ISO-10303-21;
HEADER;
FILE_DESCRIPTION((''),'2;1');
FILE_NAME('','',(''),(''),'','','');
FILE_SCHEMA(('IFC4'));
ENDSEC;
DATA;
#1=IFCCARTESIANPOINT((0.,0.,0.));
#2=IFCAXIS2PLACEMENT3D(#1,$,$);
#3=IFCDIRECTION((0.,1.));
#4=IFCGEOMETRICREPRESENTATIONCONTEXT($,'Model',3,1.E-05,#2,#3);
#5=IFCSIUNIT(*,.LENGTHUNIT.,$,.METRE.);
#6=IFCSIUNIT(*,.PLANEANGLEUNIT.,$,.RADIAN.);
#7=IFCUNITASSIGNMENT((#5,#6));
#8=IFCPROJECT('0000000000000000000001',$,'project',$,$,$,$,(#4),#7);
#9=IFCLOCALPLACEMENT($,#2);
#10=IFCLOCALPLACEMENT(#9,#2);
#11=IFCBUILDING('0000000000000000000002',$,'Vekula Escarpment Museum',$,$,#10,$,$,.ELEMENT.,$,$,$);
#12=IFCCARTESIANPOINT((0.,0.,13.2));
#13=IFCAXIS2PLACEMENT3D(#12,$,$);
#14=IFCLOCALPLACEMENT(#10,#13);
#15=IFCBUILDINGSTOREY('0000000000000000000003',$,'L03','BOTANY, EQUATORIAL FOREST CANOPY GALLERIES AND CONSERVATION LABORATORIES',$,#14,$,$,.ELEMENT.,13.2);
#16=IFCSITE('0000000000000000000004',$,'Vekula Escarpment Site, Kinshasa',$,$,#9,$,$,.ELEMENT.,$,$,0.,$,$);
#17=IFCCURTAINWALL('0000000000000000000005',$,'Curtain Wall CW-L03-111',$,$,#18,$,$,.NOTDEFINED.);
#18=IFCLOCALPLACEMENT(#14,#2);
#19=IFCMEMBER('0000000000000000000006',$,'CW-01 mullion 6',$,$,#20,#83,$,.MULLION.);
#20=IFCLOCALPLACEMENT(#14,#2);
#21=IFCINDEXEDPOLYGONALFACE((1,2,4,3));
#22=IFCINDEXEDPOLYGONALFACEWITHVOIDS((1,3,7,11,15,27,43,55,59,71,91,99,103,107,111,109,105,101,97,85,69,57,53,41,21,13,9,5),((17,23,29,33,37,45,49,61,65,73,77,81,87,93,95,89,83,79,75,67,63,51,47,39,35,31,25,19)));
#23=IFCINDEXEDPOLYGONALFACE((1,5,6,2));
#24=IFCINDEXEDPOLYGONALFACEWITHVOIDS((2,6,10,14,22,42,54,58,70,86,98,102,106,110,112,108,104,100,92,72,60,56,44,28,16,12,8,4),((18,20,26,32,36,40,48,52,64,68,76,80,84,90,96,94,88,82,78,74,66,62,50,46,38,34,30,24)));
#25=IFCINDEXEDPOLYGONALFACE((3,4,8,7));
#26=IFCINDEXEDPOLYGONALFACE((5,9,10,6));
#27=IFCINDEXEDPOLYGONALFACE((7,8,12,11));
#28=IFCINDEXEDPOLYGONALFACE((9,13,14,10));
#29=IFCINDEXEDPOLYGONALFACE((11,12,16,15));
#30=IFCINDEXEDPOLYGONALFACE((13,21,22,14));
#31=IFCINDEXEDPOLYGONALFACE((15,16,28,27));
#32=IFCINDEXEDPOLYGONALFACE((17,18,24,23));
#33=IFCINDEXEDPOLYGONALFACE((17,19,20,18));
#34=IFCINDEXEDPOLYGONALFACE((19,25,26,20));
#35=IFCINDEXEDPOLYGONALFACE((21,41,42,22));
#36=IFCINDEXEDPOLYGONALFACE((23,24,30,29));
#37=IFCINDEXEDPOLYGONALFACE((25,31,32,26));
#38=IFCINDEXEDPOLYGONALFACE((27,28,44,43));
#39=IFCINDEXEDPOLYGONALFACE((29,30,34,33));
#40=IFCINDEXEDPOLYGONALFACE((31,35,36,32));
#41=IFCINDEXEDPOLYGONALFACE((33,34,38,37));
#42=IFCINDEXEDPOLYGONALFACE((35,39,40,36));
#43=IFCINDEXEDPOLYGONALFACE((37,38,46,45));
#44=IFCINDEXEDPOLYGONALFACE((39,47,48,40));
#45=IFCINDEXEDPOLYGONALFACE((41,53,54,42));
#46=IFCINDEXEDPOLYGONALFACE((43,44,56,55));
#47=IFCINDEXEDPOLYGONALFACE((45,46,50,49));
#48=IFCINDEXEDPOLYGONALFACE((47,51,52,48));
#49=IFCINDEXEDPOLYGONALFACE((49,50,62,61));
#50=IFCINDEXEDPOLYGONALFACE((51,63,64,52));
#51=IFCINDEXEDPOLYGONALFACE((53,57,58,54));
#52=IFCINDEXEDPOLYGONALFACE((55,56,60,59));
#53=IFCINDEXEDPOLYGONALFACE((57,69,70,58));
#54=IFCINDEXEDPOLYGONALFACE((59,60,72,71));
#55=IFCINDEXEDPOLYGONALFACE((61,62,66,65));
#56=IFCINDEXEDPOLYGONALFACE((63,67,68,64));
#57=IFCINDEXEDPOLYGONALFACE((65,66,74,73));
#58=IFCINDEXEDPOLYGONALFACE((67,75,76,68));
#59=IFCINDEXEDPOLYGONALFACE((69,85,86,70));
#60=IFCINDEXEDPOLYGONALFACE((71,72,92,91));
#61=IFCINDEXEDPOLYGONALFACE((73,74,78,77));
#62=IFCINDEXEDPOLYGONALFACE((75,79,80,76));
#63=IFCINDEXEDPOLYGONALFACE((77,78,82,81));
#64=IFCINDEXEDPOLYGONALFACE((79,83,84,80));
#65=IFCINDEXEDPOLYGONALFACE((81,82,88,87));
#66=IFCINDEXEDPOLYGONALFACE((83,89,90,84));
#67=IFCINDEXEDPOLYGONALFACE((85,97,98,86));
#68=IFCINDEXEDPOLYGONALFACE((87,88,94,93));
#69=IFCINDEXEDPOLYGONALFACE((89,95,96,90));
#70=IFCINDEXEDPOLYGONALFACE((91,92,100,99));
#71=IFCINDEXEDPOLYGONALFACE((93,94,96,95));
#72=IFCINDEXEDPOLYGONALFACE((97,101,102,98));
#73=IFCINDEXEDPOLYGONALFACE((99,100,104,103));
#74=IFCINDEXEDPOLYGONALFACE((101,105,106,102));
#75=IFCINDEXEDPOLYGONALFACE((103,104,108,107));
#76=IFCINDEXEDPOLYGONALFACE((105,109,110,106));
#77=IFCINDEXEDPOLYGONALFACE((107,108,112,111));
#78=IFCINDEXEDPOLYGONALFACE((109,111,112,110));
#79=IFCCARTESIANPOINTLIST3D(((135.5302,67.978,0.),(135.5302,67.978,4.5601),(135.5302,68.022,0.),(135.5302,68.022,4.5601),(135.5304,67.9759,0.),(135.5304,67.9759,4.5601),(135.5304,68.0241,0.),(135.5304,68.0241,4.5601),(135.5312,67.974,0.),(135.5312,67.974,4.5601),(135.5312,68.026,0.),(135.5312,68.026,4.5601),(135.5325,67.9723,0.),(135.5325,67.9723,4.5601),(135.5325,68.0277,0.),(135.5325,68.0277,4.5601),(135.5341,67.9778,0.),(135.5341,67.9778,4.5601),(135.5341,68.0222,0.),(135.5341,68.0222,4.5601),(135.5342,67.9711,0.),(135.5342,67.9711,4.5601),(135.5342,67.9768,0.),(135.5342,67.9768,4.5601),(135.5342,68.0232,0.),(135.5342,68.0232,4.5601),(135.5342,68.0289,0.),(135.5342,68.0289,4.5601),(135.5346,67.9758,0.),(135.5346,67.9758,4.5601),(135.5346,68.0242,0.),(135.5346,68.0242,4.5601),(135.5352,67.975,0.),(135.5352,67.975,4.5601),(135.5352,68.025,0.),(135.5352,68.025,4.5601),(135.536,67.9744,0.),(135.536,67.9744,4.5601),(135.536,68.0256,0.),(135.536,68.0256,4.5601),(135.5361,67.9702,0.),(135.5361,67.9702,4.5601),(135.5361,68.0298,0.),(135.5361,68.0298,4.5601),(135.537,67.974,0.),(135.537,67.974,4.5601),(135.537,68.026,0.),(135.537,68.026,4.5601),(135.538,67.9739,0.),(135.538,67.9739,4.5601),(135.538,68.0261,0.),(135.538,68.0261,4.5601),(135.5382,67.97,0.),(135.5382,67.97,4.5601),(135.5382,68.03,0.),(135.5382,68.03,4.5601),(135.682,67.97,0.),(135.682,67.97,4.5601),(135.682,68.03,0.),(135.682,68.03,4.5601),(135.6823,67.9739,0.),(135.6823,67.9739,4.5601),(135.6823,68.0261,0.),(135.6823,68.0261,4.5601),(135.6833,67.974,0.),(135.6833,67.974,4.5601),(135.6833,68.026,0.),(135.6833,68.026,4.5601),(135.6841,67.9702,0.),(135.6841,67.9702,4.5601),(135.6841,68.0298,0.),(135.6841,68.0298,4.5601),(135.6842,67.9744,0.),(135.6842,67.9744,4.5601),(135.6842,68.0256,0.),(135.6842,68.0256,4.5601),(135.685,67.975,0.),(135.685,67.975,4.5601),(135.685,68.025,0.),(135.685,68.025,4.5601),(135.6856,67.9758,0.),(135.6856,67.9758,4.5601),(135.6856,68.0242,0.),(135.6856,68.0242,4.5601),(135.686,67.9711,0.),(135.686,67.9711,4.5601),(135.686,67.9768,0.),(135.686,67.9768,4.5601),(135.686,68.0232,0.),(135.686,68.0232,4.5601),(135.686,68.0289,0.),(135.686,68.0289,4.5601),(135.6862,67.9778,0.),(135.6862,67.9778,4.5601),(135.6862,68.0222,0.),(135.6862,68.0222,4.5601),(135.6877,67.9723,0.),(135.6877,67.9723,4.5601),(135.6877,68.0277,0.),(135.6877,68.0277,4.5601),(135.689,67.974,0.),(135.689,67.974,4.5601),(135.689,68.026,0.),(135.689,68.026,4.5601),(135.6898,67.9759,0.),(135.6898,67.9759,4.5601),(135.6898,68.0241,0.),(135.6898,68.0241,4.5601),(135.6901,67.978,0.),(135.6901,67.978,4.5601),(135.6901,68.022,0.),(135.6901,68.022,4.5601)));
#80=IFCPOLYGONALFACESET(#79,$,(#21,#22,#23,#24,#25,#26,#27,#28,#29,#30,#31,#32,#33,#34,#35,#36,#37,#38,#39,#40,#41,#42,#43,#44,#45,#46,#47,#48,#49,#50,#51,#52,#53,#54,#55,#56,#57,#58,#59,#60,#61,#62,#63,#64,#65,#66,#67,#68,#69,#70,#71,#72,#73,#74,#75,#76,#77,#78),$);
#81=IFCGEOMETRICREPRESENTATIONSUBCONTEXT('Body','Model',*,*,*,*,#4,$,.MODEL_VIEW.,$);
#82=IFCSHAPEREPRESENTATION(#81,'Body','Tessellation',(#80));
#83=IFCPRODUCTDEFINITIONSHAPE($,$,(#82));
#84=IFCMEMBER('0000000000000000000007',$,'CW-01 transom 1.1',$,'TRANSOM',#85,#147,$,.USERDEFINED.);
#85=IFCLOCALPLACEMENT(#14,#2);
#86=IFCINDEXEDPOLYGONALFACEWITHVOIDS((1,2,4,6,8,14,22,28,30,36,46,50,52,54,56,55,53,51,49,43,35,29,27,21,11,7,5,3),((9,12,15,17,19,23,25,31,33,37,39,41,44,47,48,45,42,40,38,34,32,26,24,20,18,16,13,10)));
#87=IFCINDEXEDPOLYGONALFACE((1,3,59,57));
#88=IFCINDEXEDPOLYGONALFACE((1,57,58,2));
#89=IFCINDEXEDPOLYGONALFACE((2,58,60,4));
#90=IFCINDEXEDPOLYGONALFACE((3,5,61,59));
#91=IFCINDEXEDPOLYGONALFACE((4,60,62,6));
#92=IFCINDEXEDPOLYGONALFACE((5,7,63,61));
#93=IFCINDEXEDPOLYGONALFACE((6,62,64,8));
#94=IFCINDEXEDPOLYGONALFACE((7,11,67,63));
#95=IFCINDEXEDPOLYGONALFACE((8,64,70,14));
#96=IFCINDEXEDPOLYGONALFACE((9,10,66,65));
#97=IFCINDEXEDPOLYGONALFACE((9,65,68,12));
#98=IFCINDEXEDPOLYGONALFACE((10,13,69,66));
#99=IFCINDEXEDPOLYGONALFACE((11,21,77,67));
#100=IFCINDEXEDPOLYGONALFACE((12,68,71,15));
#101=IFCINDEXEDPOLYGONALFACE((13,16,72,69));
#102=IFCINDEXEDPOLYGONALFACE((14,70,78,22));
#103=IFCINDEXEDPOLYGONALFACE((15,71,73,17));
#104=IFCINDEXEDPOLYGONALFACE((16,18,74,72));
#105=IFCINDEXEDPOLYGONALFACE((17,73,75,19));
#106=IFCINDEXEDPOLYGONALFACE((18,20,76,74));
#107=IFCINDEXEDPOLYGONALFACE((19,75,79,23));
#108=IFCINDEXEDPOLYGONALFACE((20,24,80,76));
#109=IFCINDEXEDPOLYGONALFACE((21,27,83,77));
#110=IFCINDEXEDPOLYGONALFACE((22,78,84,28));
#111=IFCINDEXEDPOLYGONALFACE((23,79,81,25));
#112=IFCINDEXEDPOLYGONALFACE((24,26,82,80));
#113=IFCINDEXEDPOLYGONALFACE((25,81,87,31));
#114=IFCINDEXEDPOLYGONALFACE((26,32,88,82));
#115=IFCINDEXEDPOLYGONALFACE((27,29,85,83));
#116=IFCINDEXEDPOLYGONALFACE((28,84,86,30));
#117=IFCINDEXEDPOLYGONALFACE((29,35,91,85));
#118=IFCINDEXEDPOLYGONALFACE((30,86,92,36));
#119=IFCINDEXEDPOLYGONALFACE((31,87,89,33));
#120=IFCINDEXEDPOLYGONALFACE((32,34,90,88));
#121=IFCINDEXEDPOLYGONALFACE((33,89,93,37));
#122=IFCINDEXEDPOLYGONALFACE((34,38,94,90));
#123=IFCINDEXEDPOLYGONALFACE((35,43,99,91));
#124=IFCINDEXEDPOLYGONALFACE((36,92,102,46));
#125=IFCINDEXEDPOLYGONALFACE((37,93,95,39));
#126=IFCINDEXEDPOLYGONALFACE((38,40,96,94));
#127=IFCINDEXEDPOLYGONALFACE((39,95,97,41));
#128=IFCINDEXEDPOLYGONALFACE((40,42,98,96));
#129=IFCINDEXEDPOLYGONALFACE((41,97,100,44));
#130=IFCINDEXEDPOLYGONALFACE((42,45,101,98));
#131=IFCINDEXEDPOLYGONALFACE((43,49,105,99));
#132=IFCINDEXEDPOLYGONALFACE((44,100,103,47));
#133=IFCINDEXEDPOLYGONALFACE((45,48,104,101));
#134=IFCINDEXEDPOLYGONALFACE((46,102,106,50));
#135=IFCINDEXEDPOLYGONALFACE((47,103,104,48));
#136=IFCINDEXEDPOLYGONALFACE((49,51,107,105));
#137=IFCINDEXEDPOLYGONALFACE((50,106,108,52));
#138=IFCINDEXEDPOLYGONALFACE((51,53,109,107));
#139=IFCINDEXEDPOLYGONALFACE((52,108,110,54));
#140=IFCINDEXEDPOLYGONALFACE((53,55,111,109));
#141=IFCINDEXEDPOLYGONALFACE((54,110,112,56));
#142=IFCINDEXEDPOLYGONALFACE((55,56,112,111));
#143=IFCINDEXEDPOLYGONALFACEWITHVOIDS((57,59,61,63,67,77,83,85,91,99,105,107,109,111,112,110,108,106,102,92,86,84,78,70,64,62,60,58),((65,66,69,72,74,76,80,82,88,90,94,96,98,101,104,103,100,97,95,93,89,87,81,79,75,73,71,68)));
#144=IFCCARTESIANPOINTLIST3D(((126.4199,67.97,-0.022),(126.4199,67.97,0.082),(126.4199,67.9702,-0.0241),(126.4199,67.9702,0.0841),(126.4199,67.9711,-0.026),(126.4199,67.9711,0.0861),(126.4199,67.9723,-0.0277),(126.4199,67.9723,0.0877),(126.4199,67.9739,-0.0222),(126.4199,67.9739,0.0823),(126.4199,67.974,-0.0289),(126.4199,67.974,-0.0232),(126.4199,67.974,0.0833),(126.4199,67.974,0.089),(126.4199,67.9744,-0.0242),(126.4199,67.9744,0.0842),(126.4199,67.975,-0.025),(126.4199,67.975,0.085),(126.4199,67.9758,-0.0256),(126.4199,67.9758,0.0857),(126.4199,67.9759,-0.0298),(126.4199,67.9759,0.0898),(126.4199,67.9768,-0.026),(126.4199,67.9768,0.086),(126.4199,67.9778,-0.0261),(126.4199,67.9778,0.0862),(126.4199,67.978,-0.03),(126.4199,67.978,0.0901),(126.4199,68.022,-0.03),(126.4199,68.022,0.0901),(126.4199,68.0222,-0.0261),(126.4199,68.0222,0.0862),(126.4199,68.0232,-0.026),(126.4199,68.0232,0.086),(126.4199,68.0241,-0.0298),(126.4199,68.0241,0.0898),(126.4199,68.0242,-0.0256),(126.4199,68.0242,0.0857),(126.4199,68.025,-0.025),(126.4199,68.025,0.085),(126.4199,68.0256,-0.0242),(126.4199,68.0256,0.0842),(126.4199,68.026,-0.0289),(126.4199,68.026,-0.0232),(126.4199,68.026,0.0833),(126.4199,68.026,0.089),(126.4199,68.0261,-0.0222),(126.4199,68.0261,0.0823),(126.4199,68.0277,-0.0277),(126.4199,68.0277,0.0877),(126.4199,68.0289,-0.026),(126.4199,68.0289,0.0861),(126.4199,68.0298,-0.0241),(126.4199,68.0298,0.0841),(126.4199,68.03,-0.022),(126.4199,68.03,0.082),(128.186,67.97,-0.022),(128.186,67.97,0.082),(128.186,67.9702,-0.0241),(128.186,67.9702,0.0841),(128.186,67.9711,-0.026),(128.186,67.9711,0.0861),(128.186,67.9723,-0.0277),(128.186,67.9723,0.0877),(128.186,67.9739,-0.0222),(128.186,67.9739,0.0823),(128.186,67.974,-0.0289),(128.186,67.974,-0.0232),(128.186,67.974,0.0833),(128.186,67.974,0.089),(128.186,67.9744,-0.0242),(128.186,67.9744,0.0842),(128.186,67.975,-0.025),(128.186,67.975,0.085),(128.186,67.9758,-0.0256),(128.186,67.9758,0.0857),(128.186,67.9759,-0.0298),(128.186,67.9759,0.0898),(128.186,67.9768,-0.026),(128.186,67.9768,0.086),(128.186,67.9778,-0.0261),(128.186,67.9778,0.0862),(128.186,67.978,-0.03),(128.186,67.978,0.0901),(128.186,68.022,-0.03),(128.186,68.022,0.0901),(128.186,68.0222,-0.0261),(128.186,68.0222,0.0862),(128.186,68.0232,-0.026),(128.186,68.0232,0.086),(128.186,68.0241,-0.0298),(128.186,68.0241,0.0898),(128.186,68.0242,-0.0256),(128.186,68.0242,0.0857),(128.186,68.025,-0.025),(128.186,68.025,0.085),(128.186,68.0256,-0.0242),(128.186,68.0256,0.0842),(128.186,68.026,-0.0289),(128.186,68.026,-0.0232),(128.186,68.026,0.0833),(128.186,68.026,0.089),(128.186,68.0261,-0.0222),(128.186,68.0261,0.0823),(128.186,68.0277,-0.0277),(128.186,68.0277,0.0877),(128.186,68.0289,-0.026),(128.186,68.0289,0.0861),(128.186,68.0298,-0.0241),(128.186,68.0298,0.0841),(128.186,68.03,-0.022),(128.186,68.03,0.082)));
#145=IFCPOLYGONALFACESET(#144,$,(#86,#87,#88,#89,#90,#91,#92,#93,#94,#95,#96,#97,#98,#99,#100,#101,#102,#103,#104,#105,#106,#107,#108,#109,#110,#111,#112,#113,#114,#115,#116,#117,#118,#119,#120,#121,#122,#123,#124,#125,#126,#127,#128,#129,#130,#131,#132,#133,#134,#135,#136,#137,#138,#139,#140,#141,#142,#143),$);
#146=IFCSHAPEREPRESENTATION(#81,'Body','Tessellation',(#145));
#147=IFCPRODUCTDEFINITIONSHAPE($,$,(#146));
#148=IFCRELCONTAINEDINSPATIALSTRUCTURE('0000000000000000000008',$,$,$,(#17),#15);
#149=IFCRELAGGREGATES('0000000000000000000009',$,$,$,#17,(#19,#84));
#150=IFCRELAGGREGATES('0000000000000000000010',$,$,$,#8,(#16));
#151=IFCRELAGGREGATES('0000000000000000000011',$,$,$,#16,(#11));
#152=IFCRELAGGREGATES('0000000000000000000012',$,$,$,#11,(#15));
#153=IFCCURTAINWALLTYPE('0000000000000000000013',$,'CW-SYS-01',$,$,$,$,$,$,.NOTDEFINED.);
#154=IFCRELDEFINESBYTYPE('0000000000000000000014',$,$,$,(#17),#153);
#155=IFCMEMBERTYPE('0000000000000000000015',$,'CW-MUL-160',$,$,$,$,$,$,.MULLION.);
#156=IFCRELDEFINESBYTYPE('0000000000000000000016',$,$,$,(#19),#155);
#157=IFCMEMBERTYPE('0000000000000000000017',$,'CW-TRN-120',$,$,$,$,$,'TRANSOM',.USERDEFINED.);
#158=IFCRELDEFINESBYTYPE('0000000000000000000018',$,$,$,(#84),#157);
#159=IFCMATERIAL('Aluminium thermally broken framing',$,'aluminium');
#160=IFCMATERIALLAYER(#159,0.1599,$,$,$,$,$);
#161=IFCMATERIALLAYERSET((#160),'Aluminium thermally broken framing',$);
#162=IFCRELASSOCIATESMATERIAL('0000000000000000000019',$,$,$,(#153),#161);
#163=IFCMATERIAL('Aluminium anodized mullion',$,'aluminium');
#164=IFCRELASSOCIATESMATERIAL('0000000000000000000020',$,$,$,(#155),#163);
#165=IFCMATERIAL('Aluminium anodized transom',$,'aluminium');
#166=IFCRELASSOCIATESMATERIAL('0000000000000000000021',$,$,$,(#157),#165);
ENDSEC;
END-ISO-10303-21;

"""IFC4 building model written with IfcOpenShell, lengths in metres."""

from ifc_helpers import new_model, si_unit, direction, frame, origin, origin_2d, place, context, subcontext, project, spatial, hollow_rectangle, extrude, material, layer, layer_set, material_profile, profile_set, type_object, element, aggregate, save


model = new_model("IFC4")

# Units and contexts
model_context = context("Model", 3, precision=1e-05, world=origin(), true_north=direction((0.0, 1.0)))
body_context = subcontext(model_context, "Body", "Model", "MODEL_VIEW")
ifc_project = project(units=[si_unit("LENGTHUNIT", "METRE"), si_unit("PLANEANGLEUNIT", "RADIAN")], contexts=[model_context])

# Site, building, storey
site_placement = place(None, origin())
site = spatial("IfcSite", under=ifc_project, at=site_placement, Name="Vekula Escarpment Site, Kinshasa", CompositionType="ELEMENT", RefElevation=0.0)
building_placement = place(site_placement, origin())
building = spatial("IfcBuilding", under=site, at=building_placement, Name="Vekula Escarpment Museum", CompositionType="ELEMENT")
storey_placement = place(building_placement, frame((0.0, 0.0, 13.2)))
storey = spatial("IfcBuildingStorey", under=building, at=storey_placement, Name="L03", Description="BOTANY, EQUATORIAL FOREST CANOPY GALLERIES AND CONSERVATION LABORATORIES", CompositionType="ELEMENT", Elevation=13.2)

# Curtain wall, members
ifc_material_1 = material(Name="Aluminium thermally broken framing", Category="aluminium")
ifc_layer_1 = layer(ifc_material_1, 0.1599)
ifc_layer_set_1 = layer_set([ifc_layer_1], Name="Aluminium thermally broken framing")
curtain_wall_type = type_object("IfcCurtainWallType", Name="CW-SYS-01", PredefinedType="NOTDEFINED", material=ifc_layer_set_1)
curtain_wall_placement = place(storey_placement, origin())
curtain_wall = element("IfcCurtainWall", 1, at=curtain_wall_placement, inside=storey, type_object=curtain_wall_type, Name="Curtain Wall CW-L03-111", PredefinedType="NOTDEFINED")
ifc_material_2 = material(Name="Aluminium anodized mullion", Category="aluminium")
ifc_material_profile_1 = material_profile(ifc_material_2, hollow_rectangle(XDim=0.0601, YDim=0.1599, WallThickness=0.0039, InnerFilletRadius=0.0039, OuterFilletRadius=0.0081, at=origin_2d()), Name="ALU 160x60x4")
ifc_profile_set_1 = profile_set([ifc_material_profile_1], Name="Aluminium anodized mullion")
member_type_1 = type_object("IfcMemberType", Name="CW-MUL-160", PredefinedType="MULLION", material=ifc_profile_set_1)
member_1_placement = place(storey_placement, frame((135.6101, 68.0, 0.0), z_axis=(0.0, 0.0, 1.0), x_axis=(0.0, 1.0, 0.0)))
member_1 = element("IfcMember", 2, at=member_1_placement, type_object=member_type_1, Name="CW-01 mullion 6", PredefinedType="MULLION", context=body_context, shape_type="SweptSolid", body=[
    extrude(hollow_rectangle(XDim=0.0601, YDim=0.1599, WallThickness=0.0039, InnerFilletRadius=0.0039, OuterFilletRadius=0.0081, at=origin_2d()), origin(), (0.0, 0.0, 1.0), 4.5601),
])
ifc_material_3 = material(Name="Aluminium anodized transom", Category="aluminium")
ifc_material_profile_2 = material_profile(ifc_material_3, hollow_rectangle(XDim=0.0601, YDim=0.1201, WallThickness=0.0039, InnerFilletRadius=0.0039, OuterFilletRadius=0.0081, at=origin_2d()), Name="ALU 120x60x4")
ifc_profile_set_2 = profile_set([ifc_material_profile_2], Name="Aluminium anodized transom")
member_type_2 = type_object("IfcMemberType", Name="CW-TRN-120", ElementType="TRANSOM", PredefinedType="USERDEFINED", material=ifc_profile_set_2)
member_2_placement = place(storey_placement, frame((126.4199, 68.0, 0.03), z_axis=(1.0, 0.0, 0.0), x_axis=(0.0, 1.0, 0.0)))
member_2 = element("IfcMember", 3, at=member_2_placement, type_object=member_type_2, Name="CW-01 transom 1.1", ObjectType="TRANSOM", PredefinedType="USERDEFINED", context=body_context, shape_type="SweptSolid", body=[
    extrude(hollow_rectangle(XDim=0.0601, YDim=0.1201, WallThickness=0.0039, InnerFilletRadius=0.0039, OuterFilletRadius=0.0081, at=origin_2d()), origin(), (0.0, 0.0, 1.0), 1.7661),
])
aggregate(curtain_wall, [member_1, member_2])

save(model, "model.ifc")
